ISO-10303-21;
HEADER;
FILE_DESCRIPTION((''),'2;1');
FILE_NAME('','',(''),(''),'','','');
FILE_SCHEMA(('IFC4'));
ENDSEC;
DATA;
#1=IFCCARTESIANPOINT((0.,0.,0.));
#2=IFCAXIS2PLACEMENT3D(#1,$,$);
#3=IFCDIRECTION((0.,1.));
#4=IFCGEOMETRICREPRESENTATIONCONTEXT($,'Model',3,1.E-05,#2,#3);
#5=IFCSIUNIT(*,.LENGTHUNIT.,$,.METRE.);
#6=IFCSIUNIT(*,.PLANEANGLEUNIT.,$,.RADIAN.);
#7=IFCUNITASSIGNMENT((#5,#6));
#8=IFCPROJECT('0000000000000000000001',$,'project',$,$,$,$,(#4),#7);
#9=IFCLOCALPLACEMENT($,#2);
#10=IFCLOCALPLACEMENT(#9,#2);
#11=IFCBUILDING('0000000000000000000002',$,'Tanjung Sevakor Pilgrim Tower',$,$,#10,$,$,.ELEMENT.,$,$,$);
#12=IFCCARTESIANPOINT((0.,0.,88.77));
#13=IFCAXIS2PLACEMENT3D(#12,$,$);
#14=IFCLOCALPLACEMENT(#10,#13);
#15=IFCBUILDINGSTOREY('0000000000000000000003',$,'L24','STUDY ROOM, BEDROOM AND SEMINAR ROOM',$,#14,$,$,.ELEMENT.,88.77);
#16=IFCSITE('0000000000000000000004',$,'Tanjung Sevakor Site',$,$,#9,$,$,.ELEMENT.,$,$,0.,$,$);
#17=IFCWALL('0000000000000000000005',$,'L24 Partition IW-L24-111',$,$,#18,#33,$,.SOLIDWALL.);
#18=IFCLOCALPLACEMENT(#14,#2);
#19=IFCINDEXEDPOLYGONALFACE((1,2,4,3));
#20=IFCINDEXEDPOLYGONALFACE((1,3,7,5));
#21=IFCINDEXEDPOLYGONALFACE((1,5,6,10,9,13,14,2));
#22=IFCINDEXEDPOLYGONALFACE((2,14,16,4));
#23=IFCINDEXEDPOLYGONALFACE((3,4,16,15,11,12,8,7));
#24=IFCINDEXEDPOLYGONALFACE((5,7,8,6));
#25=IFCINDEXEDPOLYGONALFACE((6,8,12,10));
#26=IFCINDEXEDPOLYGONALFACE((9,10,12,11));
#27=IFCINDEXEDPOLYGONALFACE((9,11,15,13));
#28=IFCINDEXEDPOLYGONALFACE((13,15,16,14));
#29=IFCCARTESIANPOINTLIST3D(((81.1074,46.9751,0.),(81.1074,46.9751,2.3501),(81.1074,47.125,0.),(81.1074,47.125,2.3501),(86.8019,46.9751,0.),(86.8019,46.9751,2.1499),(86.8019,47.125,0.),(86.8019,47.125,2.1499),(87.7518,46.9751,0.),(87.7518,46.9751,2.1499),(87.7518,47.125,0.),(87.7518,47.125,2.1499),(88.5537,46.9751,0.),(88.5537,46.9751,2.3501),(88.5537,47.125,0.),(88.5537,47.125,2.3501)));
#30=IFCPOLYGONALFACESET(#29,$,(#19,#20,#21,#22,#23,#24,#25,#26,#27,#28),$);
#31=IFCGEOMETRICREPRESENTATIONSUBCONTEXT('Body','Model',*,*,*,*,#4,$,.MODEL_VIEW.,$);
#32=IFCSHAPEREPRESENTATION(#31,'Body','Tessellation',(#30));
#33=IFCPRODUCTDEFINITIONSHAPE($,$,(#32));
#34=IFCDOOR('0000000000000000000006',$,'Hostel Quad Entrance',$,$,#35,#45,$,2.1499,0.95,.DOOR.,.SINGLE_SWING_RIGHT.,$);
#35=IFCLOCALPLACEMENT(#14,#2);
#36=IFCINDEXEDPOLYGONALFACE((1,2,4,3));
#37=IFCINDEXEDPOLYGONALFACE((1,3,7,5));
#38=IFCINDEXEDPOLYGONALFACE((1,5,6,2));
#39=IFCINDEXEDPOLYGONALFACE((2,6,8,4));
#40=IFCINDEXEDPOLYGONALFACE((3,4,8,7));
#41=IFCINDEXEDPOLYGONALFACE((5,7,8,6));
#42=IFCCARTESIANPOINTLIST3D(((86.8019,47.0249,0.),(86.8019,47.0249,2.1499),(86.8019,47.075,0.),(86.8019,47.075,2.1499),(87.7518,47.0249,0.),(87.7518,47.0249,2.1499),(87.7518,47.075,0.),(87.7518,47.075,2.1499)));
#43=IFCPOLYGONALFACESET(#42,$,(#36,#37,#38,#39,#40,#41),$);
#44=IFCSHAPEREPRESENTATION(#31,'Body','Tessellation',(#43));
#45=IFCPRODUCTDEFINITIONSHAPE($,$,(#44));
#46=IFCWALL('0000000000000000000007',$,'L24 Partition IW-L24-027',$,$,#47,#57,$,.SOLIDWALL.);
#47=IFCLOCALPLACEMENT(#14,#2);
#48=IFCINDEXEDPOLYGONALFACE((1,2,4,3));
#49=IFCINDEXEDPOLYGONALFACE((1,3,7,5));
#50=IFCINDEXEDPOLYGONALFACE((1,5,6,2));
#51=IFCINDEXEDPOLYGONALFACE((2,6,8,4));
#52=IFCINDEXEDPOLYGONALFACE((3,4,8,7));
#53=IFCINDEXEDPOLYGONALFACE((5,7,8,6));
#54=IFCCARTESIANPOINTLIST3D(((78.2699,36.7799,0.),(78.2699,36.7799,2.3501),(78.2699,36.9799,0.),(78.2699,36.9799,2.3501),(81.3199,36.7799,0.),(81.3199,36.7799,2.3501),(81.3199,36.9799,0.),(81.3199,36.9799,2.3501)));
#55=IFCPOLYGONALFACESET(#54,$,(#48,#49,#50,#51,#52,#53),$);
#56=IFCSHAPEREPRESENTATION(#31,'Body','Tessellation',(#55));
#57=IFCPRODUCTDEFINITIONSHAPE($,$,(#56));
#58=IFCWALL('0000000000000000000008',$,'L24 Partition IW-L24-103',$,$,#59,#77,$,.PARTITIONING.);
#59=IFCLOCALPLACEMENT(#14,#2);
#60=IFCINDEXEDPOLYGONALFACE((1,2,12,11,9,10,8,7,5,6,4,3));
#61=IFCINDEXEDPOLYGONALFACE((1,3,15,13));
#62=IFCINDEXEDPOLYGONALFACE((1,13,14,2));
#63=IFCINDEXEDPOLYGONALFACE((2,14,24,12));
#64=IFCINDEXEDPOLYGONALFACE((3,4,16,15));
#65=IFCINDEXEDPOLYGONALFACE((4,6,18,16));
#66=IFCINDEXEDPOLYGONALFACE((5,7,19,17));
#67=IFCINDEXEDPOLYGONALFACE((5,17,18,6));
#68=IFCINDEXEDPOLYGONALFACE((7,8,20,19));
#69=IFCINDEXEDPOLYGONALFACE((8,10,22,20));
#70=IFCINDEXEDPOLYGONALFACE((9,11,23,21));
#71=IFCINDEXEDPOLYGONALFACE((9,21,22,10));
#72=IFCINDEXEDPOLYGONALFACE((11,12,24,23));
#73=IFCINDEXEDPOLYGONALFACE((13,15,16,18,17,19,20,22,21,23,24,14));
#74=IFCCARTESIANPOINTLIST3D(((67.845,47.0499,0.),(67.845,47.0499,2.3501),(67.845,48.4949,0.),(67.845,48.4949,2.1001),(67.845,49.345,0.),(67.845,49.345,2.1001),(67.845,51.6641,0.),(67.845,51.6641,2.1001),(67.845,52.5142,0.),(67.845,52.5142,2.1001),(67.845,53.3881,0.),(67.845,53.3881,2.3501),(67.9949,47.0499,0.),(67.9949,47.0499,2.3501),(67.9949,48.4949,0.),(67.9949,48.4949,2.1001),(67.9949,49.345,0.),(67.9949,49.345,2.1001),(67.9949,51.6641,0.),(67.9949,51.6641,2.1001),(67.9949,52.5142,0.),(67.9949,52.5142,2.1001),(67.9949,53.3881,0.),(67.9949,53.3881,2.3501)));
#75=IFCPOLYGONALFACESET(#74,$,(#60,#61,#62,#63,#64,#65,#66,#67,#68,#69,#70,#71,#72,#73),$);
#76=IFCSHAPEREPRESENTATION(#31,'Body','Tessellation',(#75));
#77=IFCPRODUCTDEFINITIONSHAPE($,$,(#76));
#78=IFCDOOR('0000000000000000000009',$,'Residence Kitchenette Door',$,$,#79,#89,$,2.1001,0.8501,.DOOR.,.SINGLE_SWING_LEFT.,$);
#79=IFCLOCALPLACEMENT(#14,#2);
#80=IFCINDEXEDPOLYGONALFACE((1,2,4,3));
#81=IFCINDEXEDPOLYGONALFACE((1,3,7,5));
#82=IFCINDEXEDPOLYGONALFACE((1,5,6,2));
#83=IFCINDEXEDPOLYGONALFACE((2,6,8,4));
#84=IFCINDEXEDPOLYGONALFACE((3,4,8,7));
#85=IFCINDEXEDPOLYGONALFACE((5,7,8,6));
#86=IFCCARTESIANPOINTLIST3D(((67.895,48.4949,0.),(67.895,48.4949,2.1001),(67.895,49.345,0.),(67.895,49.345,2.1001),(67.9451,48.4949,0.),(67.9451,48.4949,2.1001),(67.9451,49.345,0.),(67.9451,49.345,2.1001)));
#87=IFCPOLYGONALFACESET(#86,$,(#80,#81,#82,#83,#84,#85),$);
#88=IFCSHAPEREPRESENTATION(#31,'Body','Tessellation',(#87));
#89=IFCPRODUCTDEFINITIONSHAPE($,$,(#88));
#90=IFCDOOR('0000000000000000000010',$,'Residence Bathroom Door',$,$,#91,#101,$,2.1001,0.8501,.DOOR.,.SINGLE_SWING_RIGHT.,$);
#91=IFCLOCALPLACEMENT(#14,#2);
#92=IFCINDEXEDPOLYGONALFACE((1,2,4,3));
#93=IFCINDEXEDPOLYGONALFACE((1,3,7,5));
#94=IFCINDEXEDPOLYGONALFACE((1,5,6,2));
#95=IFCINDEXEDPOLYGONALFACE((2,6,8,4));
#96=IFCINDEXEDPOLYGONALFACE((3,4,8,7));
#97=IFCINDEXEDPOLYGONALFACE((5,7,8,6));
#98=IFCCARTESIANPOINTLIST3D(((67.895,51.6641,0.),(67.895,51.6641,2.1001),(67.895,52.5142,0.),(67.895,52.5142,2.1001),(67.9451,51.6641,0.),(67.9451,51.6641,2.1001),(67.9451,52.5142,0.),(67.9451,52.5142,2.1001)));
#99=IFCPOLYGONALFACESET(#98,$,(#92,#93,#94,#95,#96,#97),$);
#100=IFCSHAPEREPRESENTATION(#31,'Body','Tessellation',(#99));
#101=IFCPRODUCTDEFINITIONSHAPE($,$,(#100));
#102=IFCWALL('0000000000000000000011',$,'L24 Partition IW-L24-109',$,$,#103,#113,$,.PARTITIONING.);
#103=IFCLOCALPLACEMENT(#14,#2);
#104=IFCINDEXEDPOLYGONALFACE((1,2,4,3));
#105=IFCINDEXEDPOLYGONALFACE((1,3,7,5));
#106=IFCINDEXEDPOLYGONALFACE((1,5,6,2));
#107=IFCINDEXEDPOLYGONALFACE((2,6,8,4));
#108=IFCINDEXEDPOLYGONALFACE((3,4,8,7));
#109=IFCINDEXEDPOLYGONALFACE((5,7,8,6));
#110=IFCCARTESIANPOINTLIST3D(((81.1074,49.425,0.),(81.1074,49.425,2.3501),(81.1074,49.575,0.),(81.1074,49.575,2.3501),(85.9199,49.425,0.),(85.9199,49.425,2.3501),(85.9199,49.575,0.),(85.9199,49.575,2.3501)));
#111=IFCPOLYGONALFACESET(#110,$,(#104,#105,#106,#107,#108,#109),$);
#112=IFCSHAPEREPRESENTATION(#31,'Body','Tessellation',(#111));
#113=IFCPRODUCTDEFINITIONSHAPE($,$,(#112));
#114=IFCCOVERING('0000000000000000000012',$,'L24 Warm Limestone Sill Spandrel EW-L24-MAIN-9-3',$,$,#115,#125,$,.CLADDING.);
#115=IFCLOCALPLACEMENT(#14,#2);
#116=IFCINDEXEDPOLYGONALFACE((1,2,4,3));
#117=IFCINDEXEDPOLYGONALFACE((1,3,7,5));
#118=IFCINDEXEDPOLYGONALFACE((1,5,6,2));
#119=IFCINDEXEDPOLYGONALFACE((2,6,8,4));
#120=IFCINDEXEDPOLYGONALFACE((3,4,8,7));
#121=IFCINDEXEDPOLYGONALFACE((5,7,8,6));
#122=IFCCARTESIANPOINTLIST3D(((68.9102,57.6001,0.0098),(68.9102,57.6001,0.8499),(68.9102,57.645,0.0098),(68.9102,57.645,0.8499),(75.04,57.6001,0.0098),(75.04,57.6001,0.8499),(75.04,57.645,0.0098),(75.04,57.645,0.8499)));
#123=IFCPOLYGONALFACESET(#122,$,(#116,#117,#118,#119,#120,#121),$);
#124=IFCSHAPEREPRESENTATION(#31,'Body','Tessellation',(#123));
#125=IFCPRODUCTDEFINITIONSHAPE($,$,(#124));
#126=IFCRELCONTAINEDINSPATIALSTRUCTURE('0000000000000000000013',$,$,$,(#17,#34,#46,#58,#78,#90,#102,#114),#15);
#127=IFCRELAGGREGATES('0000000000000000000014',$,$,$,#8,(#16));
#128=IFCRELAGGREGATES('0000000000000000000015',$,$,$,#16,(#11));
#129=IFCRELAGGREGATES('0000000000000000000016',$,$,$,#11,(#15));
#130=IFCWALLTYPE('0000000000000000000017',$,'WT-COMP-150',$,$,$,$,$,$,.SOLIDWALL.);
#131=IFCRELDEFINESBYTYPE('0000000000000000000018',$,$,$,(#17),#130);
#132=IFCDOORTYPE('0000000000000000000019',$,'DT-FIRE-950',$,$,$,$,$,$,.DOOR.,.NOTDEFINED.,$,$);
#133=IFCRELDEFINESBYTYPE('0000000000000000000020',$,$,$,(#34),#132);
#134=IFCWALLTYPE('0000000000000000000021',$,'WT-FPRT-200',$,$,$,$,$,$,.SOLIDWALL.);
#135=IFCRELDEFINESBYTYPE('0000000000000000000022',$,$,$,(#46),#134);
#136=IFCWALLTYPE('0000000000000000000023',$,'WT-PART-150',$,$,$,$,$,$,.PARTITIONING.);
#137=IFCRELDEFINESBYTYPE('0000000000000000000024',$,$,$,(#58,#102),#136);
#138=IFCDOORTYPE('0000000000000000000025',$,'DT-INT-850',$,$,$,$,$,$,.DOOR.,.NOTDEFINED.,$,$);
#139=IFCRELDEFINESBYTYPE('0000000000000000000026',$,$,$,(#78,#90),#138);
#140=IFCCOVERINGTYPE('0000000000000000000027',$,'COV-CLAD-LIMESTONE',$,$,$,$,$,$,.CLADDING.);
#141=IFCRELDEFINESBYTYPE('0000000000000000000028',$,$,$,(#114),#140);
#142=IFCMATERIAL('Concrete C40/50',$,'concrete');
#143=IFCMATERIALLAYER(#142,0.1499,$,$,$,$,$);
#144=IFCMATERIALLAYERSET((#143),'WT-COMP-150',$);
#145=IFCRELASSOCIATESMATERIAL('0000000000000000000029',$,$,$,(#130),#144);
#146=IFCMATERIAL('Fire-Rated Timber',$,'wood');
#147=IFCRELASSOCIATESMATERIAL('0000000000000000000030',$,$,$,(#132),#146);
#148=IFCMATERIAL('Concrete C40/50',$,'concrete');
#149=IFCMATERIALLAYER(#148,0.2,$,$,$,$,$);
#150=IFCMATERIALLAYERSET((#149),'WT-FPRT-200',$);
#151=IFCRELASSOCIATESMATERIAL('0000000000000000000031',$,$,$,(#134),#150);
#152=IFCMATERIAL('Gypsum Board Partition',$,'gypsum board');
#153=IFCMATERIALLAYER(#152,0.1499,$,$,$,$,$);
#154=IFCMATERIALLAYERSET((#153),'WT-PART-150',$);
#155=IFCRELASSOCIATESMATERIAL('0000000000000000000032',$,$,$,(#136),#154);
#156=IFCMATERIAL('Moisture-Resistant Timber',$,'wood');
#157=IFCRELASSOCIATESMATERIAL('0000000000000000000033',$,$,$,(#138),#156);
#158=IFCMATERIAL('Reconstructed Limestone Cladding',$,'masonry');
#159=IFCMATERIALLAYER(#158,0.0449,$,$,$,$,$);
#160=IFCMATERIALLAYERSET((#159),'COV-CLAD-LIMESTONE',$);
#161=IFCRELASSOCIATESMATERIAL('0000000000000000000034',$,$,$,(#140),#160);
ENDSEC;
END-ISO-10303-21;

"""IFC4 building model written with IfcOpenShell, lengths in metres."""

from ifc_helpers import new_model, si_unit, direction, frame, frame_2d, origin, origin_2d, place, context, subcontext, project, spatial, rectangle, extrude, material, layer, layer_set, type_object, element, fill, save


model = new_model("IFC4")

# Units and contexts
model_context = context("Model", 3, precision=1e-05, world=origin(), true_north=direction((0.0, 1.0)))
body_context = subcontext(model_context, "Body", "Model", "MODEL_VIEW")
ifc_project = project(units=[si_unit("LENGTHUNIT", "METRE"), si_unit("PLANEANGLEUNIT", "RADIAN")], contexts=[model_context])

# Site, building, storey
site_placement = place(None, origin())
site = spatial("IfcSite", under=ifc_project, at=site_placement, Name="Tanjung Sevakor Site", CompositionType="ELEMENT", RefElevation=0.0)
building_placement = place(site_placement, origin())
building = spatial("IfcBuilding", under=site, at=building_placement, Name="Tanjung Sevakor Pilgrim Tower", CompositionType="ELEMENT")
storey_placement = place(building_placement, frame((0.0, 0.0, 88.77)))
storey = spatial("IfcBuildingStorey", under=building, at=storey_placement, Name="L24", Description="STUDY ROOM, BEDROOM AND SEMINAR ROOM", CompositionType="ELEMENT", Elevation=88.77)

# Shared definitions
ifc_material_1 = material(Name="Concrete C40/50", Category="concrete")
ifc_layer_1 = layer(ifc_material_1, 0.1499)
ifc_layer_set_1 = layer_set([ifc_layer_1], Name="WT-COMP-150")
wall_type_1 = type_object("IfcWallType", Name="WT-COMP-150", PredefinedType="SOLIDWALL", material=ifc_layer_set_1)

# Wall, opening, door
wall_1_placement = place(storey_placement, frame((81.1074, 47.05, 0.0), z_axis=(0.0, 0.0, 1.0), x_axis=(1.0, 0.0, 0.0)))
wall_1 = element("IfcWall", 1, at=wall_1_placement, inside=storey, type_object=wall_type_1, Name="L24 Partition IW-L24-111", PredefinedType="SOLIDWALL", context=body_context, shape_type="SweptSolid", body=[
    extrude(rectangle(XDim=7.4463, YDim=0.1499, at=frame_2d((3.7231, 0.0))), origin(), (0.0, 0.0, 1.0), 2.3501),
])
opening_1_placement = place(wall_1_placement, frame((5.6943, 0.0, 0.0)))
opening_1 = element("IfcOpeningElement", 2, at=opening_1_placement, cuts=wall_1, PredefinedType="OPENING", context=body_context, shape_type="SweptSolid", body=[
    extrude(rectangle(XDim=0.95, YDim=2.1499, at=frame_2d((0.4751, 1.075))), frame((0.0, 0.085, 0.0), z_axis=(0.0, -1.0, 0.0), x_axis=(1.0, 0.0, 0.0)), (0.0, 0.0, 1.0), 0.1699),
])
ifc_material_2 = material(Name="Fire-Rated Timber", Category="wood")
door_type_1 = type_object("IfcDoorType", Name="DT-FIRE-950", OperationType="NOTDEFINED", PredefinedType="DOOR", material=ifc_material_2)
door_1_placement = place(opening_1_placement, origin())
door_1 = element("IfcDoor", 3, at=door_1_placement, inside=storey, type_object=door_type_1, Name="Hostel Quad Entrance", OperationType="SINGLE_SWING_RIGHT", OverallHeight=2.1499, OverallWidth=0.95, PredefinedType="DOOR", context=body_context, shape_type="SweptSolid", body=[
    extrude(rectangle(XDim=0.95, YDim=2.1499, at=frame_2d((0.4751, 1.075))), frame((0.0, 0.0249, 0.0), z_axis=(0.0, -1.0, 0.0), x_axis=(1.0, 0.0, 0.0)), (0.0, 0.0, 1.0), 0.05),
])
fill(opening_1, door_1)

# Wall
ifc_material_3 = material(Name="Concrete C40/50", Category="concrete")
ifc_layer_2 = layer(ifc_material_3, 0.2)
ifc_layer_set_2 = layer_set([ifc_layer_2], Name="WT-FPRT-200")
wall_type_2 = type_object("IfcWallType", Name="WT-FPRT-200", PredefinedType="SOLIDWALL", material=ifc_layer_set_2)
wall_2_placement = place(storey_placement, frame((78.27, 36.8799, 0.0), z_axis=(0.0, 0.0, 1.0), x_axis=(1.0, 0.0, 0.0)))
element("IfcWall", 4, at=wall_2_placement, inside=storey, type_object=wall_type_2, Name="L24 Partition IW-L24-027", PredefinedType="SOLIDWALL", context=body_context, shape_type="SweptSolid", body=[
    extrude(rectangle(XDim=3.05, YDim=0.2, at=frame_2d((1.5249, 0.0))), origin(), (0.0, 0.0, 1.0), 2.3501),
])

# Wall, openings, doors
ifc_material_4 = material(Name="Gypsum Board Partition", Category="gypsum board")
ifc_layer_3 = layer(ifc_material_4, 0.1499)
ifc_layer_set_3 = layer_set([ifc_layer_3], Name="WT-PART-150")
wall_type_3 = type_object("IfcWallType", Name="WT-PART-150", PredefinedType="PARTITIONING", material=ifc_layer_set_3)
wall_3_placement = place(storey_placement, frame((67.9199, 47.05, 0.0), z_axis=(0.0, 0.0, 1.0), x_axis=(0.0, 1.0, 0.0)))
wall_3 = element("IfcWall", 5, at=wall_3_placement, inside=storey, type_object=wall_type_3, Name="L24 Partition IW-L24-103", PredefinedType="PARTITIONING", context=body_context, shape_type="SweptSolid", body=[
    extrude(rectangle(XDim=6.3381, YDim=0.1499, at=frame_2d((3.1689, 0.0))), origin(), (0.0, 0.0, 1.0), 2.3501),
])
opening_2_placement = place(wall_3_placement, frame((1.4448, 0.0, 0.0)))
opening_2 = element("IfcOpeningElement", 6, at=opening_2_placement, cuts=wall_3, PredefinedType="OPENING", context=body_context, shape_type="SweptSolid", body=[
    extrude(rectangle(XDim=0.8501, YDim=2.1001, at=frame_2d((0.425, 1.05))), frame((0.0, 0.085, 0.0), z_axis=(0.0, -1.0, 0.0), x_axis=(1.0, 0.0, 0.0)), (0.0, 0.0, 1.0), 0.1699),
])
opening_3_placement = place(wall_3_placement, frame((4.614, 0.0, 0.0)))
opening_3 = element("IfcOpeningElement", 7, at=opening_3_placement, cuts=wall_3, PredefinedType="OPENING", context=body_context, shape_type="SweptSolid", body=[
    extrude(rectangle(XDim=0.8501, YDim=2.1001, at=frame_2d((0.425, 1.05))), frame((0.0, 0.085, 0.0), z_axis=(0.0, -1.0, 0.0), x_axis=(1.0, 0.0, 0.0)), (0.0, 0.0, 1.0), 0.1699),
])
ifc_material_5 = material(Name="Moisture-Resistant Timber", Category="wood")
door_type_2 = type_object("IfcDoorType", Name="DT-INT-850", OperationType="NOTDEFINED", PredefinedType="DOOR", material=ifc_material_5)
door_2_placement = place(opening_2_placement, origin())
door_2 = element("IfcDoor", 8, at=door_2_placement, inside=storey, type_object=door_type_2, Name="Residence Kitchenette Door", OperationType="SINGLE_SWING_LEFT", OverallHeight=2.1001, OverallWidth=0.8501, PredefinedType="DOOR", context=body_context, shape_type="SweptSolid", body=[
    extrude(rectangle(XDim=0.8501, YDim=2.1001, at=frame_2d((0.425, 1.05))), frame((0.0, 0.0249, 0.0), z_axis=(0.0, -1.0, 0.0), x_axis=(1.0, 0.0, 0.0)), (0.0, 0.0, 1.0), 0.05),
])
fill(opening_2, door_2)
door_3_placement = place(opening_3_placement, origin())
door_3 = element("IfcDoor", 9, at=door_3_placement, inside=storey, type_object=door_type_2, Name="Residence Bathroom Door", OperationType="SINGLE_SWING_RIGHT", OverallHeight=2.1001, OverallWidth=0.8501, PredefinedType="DOOR", context=body_context, shape_type="SweptSolid", body=[
    extrude(rectangle(XDim=0.8501, YDim=2.1001, at=frame_2d((0.425, 1.05))), frame((0.0, 0.0249, 0.0), z_axis=(0.0, -1.0, 0.0), x_axis=(1.0, 0.0, 0.0)), (0.0, 0.0, 1.0), 0.05),
])
fill(opening_3, door_3)

# Wall
wall_4_placement = place(storey_placement, frame((81.1074, 49.5, 0.0), z_axis=(0.0, 0.0, 1.0), x_axis=(1.0, 0.0, 0.0)))
element("IfcWall", 10, at=wall_4_placement, inside=storey, type_object=wall_type_3, Name="L24 Partition IW-L24-109", PredefinedType="PARTITIONING", context=body_context, shape_type="SweptSolid", body=[
    extrude(rectangle(XDim=4.8125, YDim=0.1499, at=frame_2d((2.4062, 0.0))), origin(), (0.0, 0.0, 1.0), 2.3501),
])

# Covering
ifc_material_6 = material(Name="Reconstructed Limestone Cladding", Category="masonry")
ifc_layer_4 = layer(ifc_material_6, 0.0449)
ifc_layer_set_4 = layer_set([ifc_layer_4], Name="COV-CLAD-LIMESTONE")
covering_type = type_object("IfcCoveringType", Name="COV-CLAD-LIMESTONE", PredefinedType="CLADDING", material=ifc_layer_set_4)
covering_placement = place(storey_placement, frame((71.9751, 57.6226, 0.0098), z_axis=(0.0, 0.0, 1.0), x_axis=(-1.0, 0.0, 0.0)))
element("IfcCovering", 11, at=covering_placement, inside=storey, type_object=covering_type, Name="L24 Warm Limestone Sill Spandrel EW-L24-MAIN-9-3", PredefinedType="CLADDING", context=body_context, shape_type="SweptSolid", body=[
    extrude(rectangle(XDim=6.1299, YDim=0.0449, at=origin_2d()), origin(), (0.0, 0.0, 1.0), 0.8401),
])

save(model, "model.ifc")
